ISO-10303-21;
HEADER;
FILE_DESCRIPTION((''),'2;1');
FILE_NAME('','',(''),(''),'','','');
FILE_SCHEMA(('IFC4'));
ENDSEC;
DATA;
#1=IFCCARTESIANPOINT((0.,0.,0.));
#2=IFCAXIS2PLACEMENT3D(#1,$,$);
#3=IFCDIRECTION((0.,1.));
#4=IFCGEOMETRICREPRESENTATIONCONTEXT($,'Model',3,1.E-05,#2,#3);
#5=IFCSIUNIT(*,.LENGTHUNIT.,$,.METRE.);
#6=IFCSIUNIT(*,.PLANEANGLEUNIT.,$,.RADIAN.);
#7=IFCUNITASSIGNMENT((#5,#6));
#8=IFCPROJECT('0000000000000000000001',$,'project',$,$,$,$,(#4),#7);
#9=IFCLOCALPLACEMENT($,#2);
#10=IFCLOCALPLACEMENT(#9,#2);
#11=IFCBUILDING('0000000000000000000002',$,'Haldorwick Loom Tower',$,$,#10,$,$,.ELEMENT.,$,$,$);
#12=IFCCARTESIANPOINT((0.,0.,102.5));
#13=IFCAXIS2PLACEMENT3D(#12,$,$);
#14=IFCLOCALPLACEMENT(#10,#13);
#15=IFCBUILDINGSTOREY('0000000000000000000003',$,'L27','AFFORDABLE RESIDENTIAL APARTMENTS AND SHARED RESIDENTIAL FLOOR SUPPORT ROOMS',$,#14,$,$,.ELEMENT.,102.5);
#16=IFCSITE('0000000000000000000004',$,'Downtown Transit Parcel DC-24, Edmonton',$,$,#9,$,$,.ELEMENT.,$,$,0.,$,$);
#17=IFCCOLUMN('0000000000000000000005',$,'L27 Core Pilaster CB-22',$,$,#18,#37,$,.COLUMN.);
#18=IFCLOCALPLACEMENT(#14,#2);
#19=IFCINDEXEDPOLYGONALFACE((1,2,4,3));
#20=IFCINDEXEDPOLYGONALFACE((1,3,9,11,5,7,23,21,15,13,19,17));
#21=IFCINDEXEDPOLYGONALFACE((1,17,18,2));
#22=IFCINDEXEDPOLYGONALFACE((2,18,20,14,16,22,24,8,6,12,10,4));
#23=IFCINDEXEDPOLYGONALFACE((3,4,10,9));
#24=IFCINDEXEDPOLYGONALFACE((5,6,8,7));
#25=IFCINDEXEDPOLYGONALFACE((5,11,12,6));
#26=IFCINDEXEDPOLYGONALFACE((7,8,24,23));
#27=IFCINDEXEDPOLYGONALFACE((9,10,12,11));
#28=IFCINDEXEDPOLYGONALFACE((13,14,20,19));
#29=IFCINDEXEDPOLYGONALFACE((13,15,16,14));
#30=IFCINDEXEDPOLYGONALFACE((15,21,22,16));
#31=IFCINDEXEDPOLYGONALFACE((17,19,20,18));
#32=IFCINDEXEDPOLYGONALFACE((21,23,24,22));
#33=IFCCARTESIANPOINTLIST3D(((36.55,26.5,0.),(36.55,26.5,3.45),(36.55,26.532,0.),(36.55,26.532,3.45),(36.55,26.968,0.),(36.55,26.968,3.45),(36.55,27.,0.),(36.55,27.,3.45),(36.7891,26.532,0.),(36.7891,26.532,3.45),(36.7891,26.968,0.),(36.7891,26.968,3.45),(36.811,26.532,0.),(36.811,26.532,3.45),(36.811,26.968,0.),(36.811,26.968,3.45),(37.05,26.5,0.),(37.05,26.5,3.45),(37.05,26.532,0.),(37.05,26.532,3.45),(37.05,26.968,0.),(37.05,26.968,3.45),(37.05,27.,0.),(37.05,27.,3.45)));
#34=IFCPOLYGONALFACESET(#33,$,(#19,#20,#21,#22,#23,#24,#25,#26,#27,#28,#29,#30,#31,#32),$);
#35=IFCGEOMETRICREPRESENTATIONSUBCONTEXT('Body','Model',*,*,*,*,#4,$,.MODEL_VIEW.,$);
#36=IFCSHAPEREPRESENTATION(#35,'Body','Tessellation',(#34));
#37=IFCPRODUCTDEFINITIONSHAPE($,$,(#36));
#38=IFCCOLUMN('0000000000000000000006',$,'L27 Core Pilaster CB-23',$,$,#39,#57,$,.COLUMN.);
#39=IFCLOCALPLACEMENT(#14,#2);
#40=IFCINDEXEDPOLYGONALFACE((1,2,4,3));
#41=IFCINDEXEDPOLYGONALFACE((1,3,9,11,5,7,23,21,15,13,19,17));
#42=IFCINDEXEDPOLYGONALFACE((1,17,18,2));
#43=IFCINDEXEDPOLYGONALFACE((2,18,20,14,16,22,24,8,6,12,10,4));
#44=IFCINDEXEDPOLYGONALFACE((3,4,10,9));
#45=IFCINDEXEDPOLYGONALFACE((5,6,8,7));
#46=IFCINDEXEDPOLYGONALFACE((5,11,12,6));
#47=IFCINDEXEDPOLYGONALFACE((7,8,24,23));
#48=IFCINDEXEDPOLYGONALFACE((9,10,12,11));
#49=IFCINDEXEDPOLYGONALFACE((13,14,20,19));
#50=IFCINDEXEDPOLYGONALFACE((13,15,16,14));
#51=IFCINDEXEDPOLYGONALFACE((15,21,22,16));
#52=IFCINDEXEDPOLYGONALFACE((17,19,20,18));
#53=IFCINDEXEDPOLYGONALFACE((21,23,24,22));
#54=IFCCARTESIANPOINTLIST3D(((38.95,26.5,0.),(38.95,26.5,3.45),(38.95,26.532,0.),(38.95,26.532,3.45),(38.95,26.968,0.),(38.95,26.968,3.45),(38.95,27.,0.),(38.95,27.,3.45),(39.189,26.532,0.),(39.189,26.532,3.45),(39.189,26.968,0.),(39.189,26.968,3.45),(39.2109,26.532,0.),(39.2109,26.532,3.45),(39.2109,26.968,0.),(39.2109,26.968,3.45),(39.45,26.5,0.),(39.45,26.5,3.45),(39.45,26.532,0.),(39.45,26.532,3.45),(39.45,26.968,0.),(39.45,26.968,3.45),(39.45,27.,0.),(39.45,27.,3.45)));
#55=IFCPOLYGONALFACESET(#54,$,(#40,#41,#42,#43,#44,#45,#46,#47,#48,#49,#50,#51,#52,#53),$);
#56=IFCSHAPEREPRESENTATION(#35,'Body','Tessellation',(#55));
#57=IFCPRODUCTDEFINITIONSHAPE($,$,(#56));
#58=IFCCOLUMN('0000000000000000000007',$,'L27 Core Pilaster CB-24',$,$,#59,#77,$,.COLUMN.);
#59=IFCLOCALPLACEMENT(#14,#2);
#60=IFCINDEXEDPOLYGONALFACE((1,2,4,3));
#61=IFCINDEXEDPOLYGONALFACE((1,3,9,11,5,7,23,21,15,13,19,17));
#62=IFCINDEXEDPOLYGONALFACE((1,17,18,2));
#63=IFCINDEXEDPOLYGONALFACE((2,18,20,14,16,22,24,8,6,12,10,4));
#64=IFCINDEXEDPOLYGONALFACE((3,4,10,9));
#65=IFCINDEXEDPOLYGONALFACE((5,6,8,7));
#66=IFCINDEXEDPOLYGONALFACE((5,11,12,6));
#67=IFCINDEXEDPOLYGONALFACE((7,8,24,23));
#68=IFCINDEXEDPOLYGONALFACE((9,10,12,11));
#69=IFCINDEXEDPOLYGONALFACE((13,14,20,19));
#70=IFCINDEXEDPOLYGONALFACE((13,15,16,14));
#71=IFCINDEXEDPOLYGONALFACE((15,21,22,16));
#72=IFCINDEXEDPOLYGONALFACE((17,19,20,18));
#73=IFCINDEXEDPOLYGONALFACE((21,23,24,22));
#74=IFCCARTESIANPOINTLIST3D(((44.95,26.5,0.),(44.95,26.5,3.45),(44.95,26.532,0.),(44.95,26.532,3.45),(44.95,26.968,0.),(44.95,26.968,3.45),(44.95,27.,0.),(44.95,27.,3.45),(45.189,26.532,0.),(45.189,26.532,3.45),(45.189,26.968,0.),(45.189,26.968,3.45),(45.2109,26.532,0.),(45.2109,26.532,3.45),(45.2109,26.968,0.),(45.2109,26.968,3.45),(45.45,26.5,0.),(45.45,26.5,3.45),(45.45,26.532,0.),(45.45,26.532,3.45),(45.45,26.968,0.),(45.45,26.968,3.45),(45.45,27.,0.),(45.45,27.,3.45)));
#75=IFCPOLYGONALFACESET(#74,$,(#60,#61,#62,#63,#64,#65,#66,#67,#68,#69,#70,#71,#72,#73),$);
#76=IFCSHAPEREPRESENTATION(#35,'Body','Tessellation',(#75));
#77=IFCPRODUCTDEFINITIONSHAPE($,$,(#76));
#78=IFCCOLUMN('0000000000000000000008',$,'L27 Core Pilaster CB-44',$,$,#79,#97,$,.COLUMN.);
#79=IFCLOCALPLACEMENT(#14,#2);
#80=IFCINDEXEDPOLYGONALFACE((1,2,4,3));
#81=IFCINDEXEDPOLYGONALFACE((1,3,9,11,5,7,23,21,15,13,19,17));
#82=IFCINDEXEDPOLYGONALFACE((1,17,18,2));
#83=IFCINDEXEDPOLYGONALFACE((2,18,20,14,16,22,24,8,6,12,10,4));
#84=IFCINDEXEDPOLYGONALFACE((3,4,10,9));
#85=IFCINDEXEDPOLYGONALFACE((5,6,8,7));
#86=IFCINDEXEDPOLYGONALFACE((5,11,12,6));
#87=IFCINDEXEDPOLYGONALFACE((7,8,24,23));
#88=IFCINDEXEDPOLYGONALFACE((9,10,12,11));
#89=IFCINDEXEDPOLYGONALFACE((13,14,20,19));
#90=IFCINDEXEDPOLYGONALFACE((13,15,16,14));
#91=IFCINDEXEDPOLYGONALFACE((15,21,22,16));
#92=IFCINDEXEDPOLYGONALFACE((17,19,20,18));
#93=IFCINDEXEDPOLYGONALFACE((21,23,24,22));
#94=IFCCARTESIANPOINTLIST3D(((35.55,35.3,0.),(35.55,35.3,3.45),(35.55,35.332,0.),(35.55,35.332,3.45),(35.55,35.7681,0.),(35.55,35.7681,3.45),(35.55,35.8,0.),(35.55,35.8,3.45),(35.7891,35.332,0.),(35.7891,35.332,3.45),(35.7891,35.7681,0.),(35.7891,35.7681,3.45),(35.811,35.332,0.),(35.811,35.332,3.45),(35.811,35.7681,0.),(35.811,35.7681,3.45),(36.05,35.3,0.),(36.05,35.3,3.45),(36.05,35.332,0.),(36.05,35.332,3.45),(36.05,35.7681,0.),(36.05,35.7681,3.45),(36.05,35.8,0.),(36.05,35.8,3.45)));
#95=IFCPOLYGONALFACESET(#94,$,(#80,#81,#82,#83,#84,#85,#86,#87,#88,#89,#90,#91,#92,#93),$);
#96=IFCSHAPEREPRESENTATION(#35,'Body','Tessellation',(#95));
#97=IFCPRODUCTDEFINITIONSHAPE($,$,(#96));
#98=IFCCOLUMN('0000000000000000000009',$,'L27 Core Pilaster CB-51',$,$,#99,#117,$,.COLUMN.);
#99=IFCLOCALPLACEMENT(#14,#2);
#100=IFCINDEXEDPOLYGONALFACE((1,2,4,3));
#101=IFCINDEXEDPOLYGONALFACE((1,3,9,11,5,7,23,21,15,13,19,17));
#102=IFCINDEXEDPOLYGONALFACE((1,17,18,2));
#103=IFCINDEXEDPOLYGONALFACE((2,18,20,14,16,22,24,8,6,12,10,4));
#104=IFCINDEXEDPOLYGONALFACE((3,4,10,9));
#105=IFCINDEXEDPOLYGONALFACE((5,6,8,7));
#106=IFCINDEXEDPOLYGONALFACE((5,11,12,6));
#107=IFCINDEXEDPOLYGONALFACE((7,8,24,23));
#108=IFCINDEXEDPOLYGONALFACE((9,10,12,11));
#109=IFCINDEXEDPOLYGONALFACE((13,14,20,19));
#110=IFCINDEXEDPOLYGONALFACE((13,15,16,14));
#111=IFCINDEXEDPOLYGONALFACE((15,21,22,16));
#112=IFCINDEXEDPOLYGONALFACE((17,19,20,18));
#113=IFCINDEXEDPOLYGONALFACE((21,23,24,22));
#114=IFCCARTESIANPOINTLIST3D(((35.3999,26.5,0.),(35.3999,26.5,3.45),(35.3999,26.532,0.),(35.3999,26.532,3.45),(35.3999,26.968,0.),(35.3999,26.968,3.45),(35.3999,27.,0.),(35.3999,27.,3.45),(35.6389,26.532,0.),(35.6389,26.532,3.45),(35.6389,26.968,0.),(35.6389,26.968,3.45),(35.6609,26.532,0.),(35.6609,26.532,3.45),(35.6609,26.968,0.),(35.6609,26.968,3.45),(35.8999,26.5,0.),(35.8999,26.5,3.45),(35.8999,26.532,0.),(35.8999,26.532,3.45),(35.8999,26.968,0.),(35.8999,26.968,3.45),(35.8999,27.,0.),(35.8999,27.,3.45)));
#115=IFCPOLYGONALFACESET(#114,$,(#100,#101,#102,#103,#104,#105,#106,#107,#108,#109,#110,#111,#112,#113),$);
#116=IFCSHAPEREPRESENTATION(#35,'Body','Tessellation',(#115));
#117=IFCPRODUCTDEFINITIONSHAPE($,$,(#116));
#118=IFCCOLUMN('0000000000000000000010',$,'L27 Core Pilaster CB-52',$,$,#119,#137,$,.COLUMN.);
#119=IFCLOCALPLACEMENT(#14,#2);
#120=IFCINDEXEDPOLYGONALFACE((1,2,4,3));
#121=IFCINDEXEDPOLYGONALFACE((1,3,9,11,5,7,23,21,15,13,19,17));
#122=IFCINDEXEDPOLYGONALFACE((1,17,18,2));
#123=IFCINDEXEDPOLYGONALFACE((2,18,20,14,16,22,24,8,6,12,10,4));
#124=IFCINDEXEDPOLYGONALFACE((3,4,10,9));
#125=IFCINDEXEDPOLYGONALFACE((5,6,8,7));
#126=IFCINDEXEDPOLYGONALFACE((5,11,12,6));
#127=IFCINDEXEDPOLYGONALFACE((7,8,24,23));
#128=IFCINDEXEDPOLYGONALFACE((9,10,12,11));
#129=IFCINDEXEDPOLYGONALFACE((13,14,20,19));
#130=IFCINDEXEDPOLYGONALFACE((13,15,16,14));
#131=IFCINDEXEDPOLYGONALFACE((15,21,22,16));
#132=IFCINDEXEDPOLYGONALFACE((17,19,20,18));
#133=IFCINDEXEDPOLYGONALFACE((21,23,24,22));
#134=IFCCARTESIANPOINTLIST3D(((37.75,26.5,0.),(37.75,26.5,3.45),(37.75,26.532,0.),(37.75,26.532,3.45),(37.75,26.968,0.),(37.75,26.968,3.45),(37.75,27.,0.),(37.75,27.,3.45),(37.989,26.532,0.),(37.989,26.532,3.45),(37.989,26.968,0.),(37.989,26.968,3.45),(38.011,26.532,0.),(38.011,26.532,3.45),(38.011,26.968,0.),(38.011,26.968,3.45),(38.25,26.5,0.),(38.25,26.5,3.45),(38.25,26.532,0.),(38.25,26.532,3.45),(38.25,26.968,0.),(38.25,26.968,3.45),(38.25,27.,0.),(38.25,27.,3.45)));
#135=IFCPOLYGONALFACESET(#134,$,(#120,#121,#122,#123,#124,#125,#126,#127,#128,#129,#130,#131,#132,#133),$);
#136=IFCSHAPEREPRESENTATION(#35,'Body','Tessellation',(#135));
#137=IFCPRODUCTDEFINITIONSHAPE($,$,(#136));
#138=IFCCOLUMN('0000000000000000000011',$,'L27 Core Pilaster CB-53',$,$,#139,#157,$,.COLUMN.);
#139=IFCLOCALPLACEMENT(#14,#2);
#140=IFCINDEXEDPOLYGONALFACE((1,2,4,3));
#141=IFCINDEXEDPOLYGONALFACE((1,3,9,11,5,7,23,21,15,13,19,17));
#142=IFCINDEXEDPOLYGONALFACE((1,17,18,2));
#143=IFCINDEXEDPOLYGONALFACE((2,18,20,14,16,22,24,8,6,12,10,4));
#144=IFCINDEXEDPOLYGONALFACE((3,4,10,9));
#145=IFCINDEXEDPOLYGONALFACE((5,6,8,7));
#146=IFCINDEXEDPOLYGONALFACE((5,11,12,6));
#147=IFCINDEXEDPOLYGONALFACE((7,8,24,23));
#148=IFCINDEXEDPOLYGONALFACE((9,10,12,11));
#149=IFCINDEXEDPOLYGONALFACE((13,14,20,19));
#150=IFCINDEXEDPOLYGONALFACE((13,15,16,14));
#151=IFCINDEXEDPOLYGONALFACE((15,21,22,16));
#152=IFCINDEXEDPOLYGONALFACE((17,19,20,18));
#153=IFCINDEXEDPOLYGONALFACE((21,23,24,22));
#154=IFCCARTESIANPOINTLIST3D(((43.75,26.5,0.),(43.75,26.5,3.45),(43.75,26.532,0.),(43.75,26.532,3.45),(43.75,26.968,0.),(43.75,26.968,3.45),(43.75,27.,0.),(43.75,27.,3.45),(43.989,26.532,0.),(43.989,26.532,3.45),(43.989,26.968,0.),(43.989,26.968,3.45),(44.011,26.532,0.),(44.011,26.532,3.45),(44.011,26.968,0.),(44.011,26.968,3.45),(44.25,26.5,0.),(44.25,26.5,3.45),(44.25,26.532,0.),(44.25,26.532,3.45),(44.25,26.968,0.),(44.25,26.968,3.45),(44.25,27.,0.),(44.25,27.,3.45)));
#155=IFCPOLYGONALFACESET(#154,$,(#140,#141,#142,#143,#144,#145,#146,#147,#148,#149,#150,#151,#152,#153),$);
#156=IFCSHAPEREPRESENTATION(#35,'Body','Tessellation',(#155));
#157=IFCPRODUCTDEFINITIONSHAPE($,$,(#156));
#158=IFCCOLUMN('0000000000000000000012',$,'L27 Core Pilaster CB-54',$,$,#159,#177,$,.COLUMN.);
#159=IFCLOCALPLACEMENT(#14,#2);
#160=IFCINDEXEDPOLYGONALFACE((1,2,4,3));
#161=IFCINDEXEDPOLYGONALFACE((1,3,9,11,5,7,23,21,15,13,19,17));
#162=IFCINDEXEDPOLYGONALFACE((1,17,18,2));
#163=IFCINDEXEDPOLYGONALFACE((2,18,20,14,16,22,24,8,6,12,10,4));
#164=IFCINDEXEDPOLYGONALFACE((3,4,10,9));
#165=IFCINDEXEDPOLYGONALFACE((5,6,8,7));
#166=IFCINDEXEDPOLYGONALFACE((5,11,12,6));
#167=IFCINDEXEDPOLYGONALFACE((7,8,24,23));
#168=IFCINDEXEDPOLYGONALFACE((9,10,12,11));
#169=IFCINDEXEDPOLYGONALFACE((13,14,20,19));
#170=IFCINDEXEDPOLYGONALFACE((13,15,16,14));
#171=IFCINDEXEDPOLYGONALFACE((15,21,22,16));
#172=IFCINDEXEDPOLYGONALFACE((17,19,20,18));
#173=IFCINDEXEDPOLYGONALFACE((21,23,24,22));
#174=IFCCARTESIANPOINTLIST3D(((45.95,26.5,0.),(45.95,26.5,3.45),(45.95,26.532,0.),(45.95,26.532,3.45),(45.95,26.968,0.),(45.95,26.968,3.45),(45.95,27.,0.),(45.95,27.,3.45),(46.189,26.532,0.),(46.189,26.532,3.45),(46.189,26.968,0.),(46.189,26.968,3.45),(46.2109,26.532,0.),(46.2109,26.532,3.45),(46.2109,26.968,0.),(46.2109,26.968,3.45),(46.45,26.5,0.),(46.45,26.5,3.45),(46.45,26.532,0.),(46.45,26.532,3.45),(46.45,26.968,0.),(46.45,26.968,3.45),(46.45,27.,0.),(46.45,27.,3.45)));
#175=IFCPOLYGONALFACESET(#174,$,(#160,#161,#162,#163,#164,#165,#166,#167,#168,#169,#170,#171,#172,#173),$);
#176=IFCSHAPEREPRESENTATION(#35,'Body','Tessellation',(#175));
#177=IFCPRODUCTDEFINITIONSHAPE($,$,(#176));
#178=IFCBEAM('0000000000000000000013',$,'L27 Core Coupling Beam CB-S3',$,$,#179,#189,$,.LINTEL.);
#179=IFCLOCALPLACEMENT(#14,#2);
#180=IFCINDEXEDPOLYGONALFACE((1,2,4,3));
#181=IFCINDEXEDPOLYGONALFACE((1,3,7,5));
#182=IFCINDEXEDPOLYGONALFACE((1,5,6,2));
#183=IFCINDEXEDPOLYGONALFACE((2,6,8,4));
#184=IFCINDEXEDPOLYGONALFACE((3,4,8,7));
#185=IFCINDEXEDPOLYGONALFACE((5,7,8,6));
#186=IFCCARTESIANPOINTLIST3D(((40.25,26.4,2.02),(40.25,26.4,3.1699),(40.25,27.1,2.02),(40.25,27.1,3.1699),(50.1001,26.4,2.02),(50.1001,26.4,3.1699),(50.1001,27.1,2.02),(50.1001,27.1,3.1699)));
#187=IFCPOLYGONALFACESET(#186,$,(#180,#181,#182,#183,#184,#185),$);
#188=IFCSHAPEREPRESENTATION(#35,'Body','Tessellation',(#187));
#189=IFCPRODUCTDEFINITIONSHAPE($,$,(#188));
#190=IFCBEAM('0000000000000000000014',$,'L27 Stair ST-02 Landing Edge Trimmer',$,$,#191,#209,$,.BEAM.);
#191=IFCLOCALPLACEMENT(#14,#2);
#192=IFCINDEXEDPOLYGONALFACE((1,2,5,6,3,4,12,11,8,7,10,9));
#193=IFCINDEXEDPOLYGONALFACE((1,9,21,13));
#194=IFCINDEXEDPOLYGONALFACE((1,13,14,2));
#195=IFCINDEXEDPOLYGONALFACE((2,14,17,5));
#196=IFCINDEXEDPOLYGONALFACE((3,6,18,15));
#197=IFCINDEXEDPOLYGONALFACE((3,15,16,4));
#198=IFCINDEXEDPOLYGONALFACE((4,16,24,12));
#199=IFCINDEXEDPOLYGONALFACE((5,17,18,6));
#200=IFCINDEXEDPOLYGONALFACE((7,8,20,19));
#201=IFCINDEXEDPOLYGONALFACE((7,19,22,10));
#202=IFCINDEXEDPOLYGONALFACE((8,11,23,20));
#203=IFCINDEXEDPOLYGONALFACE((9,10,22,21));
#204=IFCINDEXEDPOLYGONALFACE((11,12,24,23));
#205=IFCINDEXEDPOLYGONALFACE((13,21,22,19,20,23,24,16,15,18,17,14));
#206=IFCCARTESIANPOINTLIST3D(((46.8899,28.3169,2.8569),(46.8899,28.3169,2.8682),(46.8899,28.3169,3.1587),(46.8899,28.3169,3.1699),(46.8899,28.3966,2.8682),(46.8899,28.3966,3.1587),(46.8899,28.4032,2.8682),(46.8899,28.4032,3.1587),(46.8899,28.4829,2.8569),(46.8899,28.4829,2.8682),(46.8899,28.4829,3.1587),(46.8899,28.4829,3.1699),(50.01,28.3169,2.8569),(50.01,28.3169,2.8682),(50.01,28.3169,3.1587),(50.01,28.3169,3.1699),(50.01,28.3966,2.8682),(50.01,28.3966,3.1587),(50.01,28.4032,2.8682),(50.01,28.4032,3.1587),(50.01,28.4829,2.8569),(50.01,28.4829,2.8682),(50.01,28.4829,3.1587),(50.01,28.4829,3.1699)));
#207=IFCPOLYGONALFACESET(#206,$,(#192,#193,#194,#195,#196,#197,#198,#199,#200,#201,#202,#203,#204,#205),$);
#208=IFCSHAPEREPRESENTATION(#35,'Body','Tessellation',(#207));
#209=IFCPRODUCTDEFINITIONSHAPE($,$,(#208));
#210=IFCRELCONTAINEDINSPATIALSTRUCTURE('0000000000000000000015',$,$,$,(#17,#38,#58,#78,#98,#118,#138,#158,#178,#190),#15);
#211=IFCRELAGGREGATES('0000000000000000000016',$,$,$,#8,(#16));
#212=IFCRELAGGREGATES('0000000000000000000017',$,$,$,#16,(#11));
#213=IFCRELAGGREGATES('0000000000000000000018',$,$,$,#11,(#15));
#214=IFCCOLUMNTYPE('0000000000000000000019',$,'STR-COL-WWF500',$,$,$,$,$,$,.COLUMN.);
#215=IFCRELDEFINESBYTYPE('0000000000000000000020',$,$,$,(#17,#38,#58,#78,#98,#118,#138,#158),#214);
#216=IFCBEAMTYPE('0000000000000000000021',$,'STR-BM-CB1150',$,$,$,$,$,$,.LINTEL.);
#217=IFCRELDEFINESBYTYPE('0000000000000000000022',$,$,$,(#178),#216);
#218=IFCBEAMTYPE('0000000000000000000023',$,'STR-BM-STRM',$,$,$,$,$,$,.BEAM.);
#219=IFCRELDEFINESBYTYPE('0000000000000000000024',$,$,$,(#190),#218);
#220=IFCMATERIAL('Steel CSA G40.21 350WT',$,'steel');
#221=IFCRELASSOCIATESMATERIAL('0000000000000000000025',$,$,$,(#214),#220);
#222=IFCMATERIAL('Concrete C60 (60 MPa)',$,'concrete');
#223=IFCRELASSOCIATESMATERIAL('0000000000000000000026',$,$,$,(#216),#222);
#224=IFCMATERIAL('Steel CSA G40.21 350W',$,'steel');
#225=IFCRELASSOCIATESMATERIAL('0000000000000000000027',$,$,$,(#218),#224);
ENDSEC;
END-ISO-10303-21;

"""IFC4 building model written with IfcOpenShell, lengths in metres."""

from ifc_helpers import new_model, si_unit, direction, frame, origin, origin_2d, place, context, subcontext, project, spatial, rectangle, i_section, extrude, material, material_profile, profile_set, type_object, element, save


model = new_model("IFC4")

# Units and contexts
model_context = context("Model", 3, precision=1e-05, world=origin(), true_north=direction((0.0, 1.0)))
body_context = subcontext(model_context, "Body", "Model", "MODEL_VIEW")
ifc_project = project(units=[si_unit("LENGTHUNIT", "METRE"), si_unit("PLANEANGLEUNIT", "RADIAN")], contexts=[model_context])

# Site, building, storey
site_placement = place(None, origin())
site = spatial("IfcSite", under=ifc_project, at=site_placement, Name="Downtown Transit Parcel DC-24, Edmonton", CompositionType="ELEMENT", RefElevation=0.0)
building_placement = place(site_placement, origin())
building = spatial("IfcBuilding", under=site, at=building_placement, Name="Haldorwick Loom Tower", CompositionType="ELEMENT")
storey_placement = place(building_placement, frame((0.0, 0.0, 102.5)))
storey = spatial("IfcBuildingStorey", under=building, at=storey_placement, Name="L27", Description="AFFORDABLE RESIDENTIAL APARTMENTS AND SHARED RESIDENTIAL FLOOR SUPPORT ROOMS", CompositionType="ELEMENT", Elevation=102.5)

# Columns
ifc_material_1 = material(Name="Steel CSA G40.21 350WT", Category="steel")
ifc_material_profile_1 = material_profile(ifc_material_1, i_section(OverallWidth=0.5, OverallDepth=0.5, WebThickness=0.022, FlangeThickness=0.032, at=origin_2d()), Name="WWF500X500", Category="steel")
ifc_profile_set_1 = profile_set([ifc_material_profile_1], Name="Steel CSA G40.21 350WT")
column_type = type_object("IfcColumnType", Name="STR-COL-WWF500", PredefinedType="COLUMN", material=ifc_profile_set_1)
for number, where, z_axis, x_axis, name in (
    (1, (36.8, 26.75, 0.0), (0.0, 0.0, 1.0), (1.0, 0.0, 0.0), "L27 Core Pilaster CB-22"),
    (2, (39.2, 26.75, 0.0), (0.0, 0.0, 1.0), (1.0, 0.0, 0.0), "L27 Core Pilaster CB-23"),
    (3, (45.2, 26.75, 0.0), (0.0, 0.0, 1.0), (1.0, 0.0, 0.0), "L27 Core Pilaster CB-24"),
    (4, (35.8, 35.55, 0.0), (0.0, 0.0, 1.0), (1.0, 0.0, 0.0), "L27 Core Pilaster CB-44"),
    (5, (35.6499, 26.75, 0.0), (0.0, 0.0, 1.0), (1.0, 0.0, 0.0), "L27 Core Pilaster CB-51"),
    (6, (38.0, 26.75, 0.0), (0.0, 0.0, 1.0), (1.0, 0.0, 0.0), "L27 Core Pilaster CB-52"),
    (7, (44.0, 26.75, 0.0), (0.0, 0.0, 1.0), (1.0, 0.0, 0.0), "L27 Core Pilaster CB-53"),
    (8, (46.2, 26.75, 0.0), (0.0, 0.0, 1.0), (1.0, 0.0, 0.0), "L27 Core Pilaster CB-54"),
):
    element("IfcColumn", number, at=place(storey_placement, frame(where, z_axis=z_axis, x_axis=x_axis)), inside=storey, type_object=column_type, Name=name, PredefinedType="COLUMN", context=body_context, shape_type="SweptSolid", body=[
        extrude(i_section(OverallWidth=0.5, OverallDepth=0.5, WebThickness=0.022, FlangeThickness=0.032, at=origin_2d()), origin(), (0.0, 0.0, 1.0), 3.45),
    ])

# Beams
ifc_material_2 = material(Name="Concrete C60 (60 MPa)", Category="concrete")
ifc_material_profile_2 = material_profile(ifc_material_2, rectangle(XDim=0.7, YDim=1.1499, at=origin_2d()), Name="RC700X1150", Category="concrete")
ifc_profile_set_2 = profile_set([ifc_material_profile_2], Name="Concrete C60 (60 MPa)")
beam_type_1 = type_object("IfcBeamType", Name="STR-BM-CB1150", PredefinedType="LINTEL", material=ifc_profile_set_2)
beam_placement = place(storey_placement, frame((40.25, 26.75, 2.595), z_axis=(1.0, 0.0, 0.0), x_axis=(0.0, 1.0, 0.0)))
element("IfcBeam", 9, at=beam_placement, inside=storey, type_object=beam_type_1, Name="L27 Core Coupling Beam CB-S3", PredefinedType="LINTEL", context=body_context, shape_type="SweptSolid", body=[
    extrude(rectangle(XDim=0.7, YDim=1.1499, at=origin_2d()), origin(), (0.0, 0.0, 1.0), 9.8501),
])
ifc_material_3 = material(Name="Steel CSA G40.21 350W", Category="steel")
ifc_material_profile_3 = material_profile(ifc_material_3, i_section(OverallWidth=0.166, OverallDepth=0.313, WebThickness=0.0066, FlangeThickness=0.0112, at=origin_2d()), Name="W310X45", Category="steel")
ifc_profile_set_3 = profile_set([ifc_material_profile_3], Name="Steel CSA G40.21 350W")
beam_type_2 = type_object("IfcBeamType", Name="STR-BM-STRM", PredefinedType="BEAM", material=ifc_profile_set_3)
for number, where, z_axis, x_axis, name in (
    (10, (46.8899, 28.3999, 3.0134), (1.0, 0.0, 0.0), (0.0, 1.0, 0.0), "L27 Stair ST-02 Landing Edge Trimmer"),
):
    element("IfcBeam", number, at=place(storey_placement, frame(where, z_axis=z_axis, x_axis=x_axis)), inside=storey, type_object=beam_type_2, Name=name, PredefinedType="BEAM", context=body_context, shape_type="SweptSolid", body=[
        extrude(i_section(OverallWidth=0.166, OverallDepth=0.313, WebThickness=0.0066, FlangeThickness=0.0112, at=origin_2d()), origin(), (0.0, 0.0, 1.0), 3.1201),
    ])

save(model, "model.ifc")
